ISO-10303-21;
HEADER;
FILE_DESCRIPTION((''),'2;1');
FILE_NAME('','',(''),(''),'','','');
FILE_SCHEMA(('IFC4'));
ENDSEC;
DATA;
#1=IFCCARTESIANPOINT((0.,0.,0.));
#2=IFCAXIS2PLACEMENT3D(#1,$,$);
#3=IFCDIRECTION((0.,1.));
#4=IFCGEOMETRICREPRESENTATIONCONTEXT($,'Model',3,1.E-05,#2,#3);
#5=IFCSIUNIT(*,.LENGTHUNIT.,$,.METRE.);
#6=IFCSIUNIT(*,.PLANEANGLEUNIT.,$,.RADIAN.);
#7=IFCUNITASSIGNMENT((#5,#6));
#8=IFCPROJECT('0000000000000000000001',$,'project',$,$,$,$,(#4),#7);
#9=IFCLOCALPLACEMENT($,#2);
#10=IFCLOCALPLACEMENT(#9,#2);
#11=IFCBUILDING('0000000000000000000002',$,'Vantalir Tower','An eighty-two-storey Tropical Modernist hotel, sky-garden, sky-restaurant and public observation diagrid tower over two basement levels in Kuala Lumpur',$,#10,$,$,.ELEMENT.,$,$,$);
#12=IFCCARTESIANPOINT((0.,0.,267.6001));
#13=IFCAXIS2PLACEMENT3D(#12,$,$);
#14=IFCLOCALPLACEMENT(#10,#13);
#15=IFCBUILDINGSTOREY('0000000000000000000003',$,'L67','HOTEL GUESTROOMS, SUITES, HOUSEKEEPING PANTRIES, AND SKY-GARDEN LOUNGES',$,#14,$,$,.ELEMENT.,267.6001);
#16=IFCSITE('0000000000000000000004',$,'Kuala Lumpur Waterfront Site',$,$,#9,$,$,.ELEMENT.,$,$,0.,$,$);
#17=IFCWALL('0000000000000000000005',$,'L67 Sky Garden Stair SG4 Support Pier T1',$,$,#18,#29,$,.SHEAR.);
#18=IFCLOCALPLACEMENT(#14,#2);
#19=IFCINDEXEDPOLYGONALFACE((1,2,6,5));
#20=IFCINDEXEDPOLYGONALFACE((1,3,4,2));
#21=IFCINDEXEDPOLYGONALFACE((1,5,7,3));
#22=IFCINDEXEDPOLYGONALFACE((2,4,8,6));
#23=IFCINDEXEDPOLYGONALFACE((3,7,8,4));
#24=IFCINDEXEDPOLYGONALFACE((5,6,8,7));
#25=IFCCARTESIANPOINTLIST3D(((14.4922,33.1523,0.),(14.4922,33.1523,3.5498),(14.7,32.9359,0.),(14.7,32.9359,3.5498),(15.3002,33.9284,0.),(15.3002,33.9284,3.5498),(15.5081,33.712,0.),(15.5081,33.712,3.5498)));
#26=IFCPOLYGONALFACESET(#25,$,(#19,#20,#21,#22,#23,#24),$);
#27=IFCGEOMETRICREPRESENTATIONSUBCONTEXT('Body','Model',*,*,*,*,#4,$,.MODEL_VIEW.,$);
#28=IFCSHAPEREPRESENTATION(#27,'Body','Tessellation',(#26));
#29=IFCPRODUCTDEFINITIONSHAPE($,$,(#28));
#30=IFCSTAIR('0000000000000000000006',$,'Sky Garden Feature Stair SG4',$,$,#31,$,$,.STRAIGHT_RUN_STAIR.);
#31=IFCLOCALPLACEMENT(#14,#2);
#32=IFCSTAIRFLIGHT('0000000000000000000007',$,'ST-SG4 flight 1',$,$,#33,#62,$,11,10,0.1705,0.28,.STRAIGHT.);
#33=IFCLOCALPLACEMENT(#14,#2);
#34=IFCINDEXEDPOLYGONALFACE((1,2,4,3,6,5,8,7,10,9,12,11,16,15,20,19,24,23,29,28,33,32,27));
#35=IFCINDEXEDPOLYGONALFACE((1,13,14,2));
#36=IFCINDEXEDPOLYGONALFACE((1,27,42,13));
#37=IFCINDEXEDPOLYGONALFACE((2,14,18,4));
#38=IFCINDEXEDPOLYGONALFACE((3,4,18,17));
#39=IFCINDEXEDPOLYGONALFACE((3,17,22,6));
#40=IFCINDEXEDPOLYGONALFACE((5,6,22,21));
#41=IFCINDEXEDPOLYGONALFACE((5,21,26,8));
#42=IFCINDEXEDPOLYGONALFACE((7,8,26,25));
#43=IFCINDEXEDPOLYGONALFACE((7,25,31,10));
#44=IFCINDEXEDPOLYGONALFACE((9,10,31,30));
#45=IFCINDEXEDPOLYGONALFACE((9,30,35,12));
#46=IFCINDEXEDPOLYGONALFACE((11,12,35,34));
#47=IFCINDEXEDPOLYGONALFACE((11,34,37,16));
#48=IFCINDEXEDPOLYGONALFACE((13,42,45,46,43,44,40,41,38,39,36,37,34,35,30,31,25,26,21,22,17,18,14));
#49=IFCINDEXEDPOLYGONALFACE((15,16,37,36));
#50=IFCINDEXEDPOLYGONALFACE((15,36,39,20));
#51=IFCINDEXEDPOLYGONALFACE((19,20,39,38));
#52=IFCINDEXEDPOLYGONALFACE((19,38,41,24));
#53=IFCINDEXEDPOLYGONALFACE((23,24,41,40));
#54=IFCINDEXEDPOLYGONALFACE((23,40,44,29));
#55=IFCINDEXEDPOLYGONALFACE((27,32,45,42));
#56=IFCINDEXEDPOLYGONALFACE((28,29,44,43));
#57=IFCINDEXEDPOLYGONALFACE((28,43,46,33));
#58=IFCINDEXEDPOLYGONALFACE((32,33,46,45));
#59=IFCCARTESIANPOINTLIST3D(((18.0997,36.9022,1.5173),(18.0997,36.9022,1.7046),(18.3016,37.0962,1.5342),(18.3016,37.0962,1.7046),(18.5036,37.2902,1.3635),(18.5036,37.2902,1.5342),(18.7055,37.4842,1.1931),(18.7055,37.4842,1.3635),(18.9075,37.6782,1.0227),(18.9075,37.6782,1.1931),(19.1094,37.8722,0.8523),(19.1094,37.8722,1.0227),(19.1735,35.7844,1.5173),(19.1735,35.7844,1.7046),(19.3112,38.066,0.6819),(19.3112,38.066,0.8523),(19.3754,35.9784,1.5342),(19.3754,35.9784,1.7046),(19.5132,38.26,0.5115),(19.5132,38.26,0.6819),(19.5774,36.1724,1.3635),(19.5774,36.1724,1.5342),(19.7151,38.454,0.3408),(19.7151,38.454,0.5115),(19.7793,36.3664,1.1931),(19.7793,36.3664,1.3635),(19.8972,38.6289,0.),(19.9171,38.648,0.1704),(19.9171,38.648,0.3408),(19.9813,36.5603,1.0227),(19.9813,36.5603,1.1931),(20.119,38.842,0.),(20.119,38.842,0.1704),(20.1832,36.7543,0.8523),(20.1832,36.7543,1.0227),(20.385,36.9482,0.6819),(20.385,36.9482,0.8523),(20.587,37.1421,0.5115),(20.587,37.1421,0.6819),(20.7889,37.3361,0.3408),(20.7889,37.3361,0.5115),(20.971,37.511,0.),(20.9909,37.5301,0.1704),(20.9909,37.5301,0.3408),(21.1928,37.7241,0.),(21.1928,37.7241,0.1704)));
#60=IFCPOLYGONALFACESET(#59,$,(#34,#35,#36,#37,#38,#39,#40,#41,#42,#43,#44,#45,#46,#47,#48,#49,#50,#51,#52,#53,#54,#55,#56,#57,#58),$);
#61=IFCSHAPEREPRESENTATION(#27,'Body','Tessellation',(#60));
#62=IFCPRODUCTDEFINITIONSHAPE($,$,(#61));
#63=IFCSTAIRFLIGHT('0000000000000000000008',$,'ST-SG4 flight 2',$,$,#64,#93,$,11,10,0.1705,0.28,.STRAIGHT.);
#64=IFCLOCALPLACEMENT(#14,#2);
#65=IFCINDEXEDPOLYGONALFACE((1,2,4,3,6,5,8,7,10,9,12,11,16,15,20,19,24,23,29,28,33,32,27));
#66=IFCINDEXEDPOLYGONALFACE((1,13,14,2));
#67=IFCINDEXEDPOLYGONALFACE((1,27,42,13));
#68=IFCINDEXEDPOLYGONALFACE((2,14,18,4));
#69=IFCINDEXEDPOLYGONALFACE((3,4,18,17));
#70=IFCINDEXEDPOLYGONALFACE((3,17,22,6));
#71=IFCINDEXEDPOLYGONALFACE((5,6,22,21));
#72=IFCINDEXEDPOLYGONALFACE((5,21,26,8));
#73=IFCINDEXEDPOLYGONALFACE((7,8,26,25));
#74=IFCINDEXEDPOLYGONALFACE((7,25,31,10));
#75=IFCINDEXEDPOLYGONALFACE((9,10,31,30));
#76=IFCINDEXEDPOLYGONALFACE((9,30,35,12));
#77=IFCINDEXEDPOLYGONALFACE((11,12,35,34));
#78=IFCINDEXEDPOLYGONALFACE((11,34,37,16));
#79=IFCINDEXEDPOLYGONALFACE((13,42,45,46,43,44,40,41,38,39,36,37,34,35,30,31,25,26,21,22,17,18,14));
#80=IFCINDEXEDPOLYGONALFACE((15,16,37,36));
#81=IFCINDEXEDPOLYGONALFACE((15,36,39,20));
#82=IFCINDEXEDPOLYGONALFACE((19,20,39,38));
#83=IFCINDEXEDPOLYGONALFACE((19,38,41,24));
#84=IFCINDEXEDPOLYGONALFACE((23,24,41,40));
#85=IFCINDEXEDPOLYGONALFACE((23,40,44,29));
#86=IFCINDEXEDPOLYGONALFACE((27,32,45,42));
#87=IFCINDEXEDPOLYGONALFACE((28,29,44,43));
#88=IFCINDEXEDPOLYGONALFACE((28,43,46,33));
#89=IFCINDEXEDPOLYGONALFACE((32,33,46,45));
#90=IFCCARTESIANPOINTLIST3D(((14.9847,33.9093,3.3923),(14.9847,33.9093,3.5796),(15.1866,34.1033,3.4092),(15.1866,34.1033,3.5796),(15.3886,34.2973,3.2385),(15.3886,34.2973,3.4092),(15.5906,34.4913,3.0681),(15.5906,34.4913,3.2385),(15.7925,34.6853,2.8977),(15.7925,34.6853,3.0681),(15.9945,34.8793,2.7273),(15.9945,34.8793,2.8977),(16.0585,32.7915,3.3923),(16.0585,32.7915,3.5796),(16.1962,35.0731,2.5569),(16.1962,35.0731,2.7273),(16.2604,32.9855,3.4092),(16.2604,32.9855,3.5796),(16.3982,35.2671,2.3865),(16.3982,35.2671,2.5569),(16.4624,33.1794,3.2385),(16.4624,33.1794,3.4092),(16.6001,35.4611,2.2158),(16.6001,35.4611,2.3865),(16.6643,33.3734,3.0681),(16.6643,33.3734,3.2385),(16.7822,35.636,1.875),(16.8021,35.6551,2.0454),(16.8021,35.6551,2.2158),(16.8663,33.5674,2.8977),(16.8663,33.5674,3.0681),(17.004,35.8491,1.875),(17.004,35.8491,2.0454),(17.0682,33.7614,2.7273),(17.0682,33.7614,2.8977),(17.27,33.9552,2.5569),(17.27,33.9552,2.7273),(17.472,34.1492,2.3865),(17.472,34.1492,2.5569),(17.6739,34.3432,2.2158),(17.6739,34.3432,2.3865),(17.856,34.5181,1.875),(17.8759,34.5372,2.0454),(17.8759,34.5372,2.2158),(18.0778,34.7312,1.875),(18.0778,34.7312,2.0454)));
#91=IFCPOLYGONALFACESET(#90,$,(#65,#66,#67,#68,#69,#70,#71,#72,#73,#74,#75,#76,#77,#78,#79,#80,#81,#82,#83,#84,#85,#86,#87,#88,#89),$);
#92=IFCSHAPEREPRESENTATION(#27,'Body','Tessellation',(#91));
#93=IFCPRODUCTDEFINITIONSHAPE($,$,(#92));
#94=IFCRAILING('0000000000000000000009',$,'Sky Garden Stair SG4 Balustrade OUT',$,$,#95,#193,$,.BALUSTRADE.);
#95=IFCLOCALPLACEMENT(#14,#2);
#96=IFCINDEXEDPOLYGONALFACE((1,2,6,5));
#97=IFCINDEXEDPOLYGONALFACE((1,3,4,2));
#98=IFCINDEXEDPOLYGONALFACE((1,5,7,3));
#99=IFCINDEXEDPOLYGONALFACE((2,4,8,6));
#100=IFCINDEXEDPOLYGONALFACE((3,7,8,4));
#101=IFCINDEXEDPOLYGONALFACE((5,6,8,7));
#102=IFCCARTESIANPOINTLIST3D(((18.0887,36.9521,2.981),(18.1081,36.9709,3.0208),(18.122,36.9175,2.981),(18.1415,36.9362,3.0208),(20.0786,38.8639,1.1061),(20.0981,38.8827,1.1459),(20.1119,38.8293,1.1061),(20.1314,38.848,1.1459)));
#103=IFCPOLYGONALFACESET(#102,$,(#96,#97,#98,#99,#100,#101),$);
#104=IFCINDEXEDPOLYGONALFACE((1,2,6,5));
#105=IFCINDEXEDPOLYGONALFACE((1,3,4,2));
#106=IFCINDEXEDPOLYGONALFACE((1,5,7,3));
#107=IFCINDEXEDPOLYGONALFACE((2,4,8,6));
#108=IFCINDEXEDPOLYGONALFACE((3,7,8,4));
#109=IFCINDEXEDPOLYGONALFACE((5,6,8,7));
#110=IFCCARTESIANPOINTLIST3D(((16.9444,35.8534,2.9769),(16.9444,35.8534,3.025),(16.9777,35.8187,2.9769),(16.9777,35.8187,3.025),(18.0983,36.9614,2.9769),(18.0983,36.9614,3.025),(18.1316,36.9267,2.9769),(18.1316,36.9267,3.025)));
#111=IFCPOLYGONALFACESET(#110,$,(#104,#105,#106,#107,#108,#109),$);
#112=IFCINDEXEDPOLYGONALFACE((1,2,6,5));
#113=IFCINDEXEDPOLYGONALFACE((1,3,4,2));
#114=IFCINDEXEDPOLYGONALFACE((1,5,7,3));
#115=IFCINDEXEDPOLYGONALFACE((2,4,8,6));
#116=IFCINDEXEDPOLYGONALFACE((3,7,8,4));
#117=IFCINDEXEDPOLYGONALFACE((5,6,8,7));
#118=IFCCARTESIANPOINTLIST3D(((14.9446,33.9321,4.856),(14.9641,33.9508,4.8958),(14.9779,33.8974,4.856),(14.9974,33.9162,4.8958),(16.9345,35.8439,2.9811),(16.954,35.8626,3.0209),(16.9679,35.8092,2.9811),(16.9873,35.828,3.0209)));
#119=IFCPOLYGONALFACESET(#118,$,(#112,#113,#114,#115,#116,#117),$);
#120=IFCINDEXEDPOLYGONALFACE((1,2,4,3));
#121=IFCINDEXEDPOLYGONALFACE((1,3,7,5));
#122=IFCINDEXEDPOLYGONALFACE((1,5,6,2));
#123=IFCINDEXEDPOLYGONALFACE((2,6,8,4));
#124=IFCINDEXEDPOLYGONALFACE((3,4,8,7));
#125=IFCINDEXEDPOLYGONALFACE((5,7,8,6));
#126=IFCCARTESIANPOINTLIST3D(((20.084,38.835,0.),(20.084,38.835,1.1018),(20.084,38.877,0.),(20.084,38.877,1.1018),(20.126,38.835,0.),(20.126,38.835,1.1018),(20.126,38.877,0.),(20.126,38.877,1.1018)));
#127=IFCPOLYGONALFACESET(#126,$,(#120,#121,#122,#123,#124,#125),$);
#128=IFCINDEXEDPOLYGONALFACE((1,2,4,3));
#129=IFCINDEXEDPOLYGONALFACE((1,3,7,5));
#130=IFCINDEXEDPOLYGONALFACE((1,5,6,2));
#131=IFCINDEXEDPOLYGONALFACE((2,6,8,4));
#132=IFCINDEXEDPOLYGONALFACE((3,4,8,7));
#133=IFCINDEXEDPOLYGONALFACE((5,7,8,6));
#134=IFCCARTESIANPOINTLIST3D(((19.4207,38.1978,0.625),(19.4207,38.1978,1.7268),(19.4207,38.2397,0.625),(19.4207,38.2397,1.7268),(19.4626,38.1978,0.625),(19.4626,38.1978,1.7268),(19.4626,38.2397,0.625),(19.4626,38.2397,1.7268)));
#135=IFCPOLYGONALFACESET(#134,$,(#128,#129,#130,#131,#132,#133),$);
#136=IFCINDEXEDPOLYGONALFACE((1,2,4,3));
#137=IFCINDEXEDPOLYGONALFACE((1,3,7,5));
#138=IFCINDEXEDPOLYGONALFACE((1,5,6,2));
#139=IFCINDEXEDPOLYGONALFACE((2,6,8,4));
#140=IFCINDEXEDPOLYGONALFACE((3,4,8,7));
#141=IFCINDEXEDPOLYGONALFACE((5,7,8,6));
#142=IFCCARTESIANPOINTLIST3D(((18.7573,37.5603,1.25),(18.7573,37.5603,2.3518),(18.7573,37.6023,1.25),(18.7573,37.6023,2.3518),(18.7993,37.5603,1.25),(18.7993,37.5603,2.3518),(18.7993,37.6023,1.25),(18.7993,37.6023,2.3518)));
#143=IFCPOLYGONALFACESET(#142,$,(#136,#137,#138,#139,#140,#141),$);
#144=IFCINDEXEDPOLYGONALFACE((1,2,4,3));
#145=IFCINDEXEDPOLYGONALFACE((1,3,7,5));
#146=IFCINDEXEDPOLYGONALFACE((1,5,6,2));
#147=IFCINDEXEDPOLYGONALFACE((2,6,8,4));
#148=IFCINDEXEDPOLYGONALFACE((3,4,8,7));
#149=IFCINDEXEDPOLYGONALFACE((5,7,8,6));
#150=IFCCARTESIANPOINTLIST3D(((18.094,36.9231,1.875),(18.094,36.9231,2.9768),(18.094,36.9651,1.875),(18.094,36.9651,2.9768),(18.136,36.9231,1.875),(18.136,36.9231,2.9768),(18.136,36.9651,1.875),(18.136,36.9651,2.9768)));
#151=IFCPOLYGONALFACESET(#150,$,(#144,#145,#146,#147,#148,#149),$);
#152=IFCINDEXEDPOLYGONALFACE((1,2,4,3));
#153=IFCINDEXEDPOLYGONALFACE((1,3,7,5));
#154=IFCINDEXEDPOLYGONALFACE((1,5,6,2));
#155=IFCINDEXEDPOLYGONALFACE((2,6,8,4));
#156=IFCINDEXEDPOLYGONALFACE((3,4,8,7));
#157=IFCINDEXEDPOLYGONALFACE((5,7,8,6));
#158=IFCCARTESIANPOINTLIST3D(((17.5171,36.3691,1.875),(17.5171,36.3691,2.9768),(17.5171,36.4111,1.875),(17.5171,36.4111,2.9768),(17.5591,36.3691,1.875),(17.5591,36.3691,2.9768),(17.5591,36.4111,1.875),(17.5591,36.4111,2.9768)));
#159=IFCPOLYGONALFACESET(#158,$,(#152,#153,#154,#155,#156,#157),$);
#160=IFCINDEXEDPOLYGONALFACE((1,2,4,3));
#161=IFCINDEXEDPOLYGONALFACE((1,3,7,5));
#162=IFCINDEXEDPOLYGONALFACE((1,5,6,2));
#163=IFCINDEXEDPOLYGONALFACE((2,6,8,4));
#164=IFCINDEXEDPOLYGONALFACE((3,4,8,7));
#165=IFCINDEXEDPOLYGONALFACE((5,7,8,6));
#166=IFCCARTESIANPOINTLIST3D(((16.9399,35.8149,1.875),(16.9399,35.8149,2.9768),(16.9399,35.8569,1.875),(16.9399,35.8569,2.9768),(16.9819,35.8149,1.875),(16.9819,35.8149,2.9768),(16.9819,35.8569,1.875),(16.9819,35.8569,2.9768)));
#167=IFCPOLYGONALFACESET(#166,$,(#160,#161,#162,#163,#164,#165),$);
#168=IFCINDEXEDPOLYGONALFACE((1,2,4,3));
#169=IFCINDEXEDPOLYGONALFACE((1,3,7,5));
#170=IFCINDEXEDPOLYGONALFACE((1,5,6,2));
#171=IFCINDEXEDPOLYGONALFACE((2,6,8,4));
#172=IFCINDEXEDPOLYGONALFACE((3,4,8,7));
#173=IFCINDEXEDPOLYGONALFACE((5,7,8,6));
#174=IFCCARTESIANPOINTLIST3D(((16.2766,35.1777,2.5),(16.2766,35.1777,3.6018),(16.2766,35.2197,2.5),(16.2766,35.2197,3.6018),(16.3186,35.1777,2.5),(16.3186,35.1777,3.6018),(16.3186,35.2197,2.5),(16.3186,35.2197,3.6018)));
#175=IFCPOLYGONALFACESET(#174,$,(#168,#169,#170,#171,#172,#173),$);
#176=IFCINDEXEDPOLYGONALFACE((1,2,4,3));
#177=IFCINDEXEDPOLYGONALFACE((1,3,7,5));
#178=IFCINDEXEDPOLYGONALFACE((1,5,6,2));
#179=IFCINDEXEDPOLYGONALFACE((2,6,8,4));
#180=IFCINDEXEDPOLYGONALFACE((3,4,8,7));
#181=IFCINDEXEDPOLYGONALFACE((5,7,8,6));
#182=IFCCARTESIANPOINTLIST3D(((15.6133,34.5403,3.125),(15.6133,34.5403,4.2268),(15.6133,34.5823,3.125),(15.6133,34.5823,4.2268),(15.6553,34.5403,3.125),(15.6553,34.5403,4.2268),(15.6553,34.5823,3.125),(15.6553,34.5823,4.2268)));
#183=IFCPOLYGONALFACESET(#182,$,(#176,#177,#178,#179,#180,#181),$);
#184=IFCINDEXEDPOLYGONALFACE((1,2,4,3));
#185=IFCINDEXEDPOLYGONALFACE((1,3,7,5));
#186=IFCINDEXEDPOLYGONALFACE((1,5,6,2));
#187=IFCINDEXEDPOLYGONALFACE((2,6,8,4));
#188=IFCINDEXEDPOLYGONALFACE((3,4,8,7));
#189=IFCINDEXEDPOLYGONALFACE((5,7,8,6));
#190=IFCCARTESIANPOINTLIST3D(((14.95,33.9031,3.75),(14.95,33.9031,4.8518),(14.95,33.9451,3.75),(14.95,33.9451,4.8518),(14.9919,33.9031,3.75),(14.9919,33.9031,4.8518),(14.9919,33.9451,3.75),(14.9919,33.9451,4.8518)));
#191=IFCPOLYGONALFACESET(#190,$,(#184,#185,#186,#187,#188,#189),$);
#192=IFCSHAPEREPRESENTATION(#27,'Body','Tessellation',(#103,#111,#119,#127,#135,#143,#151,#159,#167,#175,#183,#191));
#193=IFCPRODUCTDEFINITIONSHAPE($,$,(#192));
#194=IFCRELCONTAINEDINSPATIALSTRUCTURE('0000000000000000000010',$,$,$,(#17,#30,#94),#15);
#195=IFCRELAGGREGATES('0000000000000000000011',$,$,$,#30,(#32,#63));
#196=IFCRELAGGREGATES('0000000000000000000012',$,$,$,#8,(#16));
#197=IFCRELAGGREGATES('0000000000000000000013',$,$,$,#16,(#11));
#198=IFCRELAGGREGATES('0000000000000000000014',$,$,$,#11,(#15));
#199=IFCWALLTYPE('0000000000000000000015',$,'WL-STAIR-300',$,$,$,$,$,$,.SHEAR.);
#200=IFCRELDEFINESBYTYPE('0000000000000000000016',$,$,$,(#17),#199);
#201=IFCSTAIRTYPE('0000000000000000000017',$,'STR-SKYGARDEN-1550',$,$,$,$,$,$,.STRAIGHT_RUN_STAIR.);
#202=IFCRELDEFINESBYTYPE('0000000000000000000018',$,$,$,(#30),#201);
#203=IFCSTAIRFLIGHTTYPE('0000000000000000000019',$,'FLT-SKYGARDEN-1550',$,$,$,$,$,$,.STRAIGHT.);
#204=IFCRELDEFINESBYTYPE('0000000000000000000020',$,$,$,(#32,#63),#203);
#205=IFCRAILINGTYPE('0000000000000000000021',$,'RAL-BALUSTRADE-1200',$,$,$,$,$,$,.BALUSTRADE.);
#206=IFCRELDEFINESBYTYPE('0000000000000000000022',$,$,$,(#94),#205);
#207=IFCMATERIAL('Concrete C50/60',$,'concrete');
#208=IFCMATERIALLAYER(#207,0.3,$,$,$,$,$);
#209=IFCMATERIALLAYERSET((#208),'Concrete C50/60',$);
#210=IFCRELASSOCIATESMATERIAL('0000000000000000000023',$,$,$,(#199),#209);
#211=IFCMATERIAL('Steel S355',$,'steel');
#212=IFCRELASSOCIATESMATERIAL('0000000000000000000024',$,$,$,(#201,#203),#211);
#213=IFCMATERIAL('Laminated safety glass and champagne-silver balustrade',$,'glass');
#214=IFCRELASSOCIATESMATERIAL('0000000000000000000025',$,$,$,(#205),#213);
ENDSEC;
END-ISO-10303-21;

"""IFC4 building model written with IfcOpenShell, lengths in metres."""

from ifc_helpers import new_model, si_unit, direction, frame, frame_2d, origin, origin_2d, place, context, subcontext, project, spatial, polyline, rectangle, outline, extrude, material, layer, layer_set, type_object, element, aggregate, save


model = new_model("IFC4")

# Units and contexts
model_context = context("Model", 3, precision=1e-05, world=origin(), true_north=direction((0.0, 1.0)))
body_context = subcontext(model_context, "Body", "Model", "MODEL_VIEW")
ifc_project = project(units=[si_unit("LENGTHUNIT", "METRE"), si_unit("PLANEANGLEUNIT", "RADIAN")], contexts=[model_context])

# Site, building, storey
site_placement = place(None, origin())
site = spatial("IfcSite", under=ifc_project, at=site_placement, Name="Kuala Lumpur Waterfront Site", CompositionType="ELEMENT", RefElevation=0.0)
building_placement = place(site_placement, origin())
building = spatial("IfcBuilding", under=site, at=building_placement, Name="Vantalir Tower", Description="An eighty-two-storey Tropical Modernist hotel, sky-garden, sky-restaurant and public observation diagrid tower over two basement levels in Kuala Lumpur", CompositionType="ELEMENT")
storey_placement = place(building_placement, frame((0.0, 0.0, 267.6001)))
storey = spatial("IfcBuildingStorey", under=building, at=storey_placement, Name="L67", Description="HOTEL GUESTROOMS, SUITES, HOUSEKEEPING PANTRIES, AND SKY-GARDEN LOUNGES", CompositionType="ELEMENT", Elevation=267.6001)

# Shared definitions
ifc_material_1 = material(Name="Steel S355", Category="steel")

# Wall
ifc_material_2 = material(Name="Concrete C50/60", Category="concrete")
ifc_layer_1 = layer(ifc_material_2, 0.3)
ifc_layer_set_1 = layer_set([ifc_layer_1], Name="Concrete C50/60")
wall_type_1 = type_object("IfcWallType", Name="WL-STAIR-300", PredefinedType="SHEAR", material=ifc_layer_set_1)
wall_1_placement = place(storey_placement, frame((15.4041, 33.8201, 0.0), z_axis=(0.0, 0.0, 1.0), x_axis=(-0.721235, -0.692691, 0.0)))
element("IfcWall", 1, at=wall_1_placement, inside=storey, type_object=wall_type_1, Name="L67 Sky Garden Stair SG4 Support Pier T1", PredefinedType="SHEAR", context=body_context, shape_type="SweptSolid", body=[
    extrude(rectangle(XDim=1.1204, YDim=0.3, at=frame_2d((0.5601, 0.0))), origin(), (0.0, 0.0, 1.0), 3.5498),
])

# Stair, stair flights
stair_type = type_object("IfcStairType", Name="STR-SKYGARDEN-1550", PredefinedType="STRAIGHT_RUN_STAIR", material=ifc_material_1)
stair_placement = place(storey_placement, origin())
stair = element("IfcStair", 2, at=stair_placement, inside=storey, type_object=stair_type, Name="Sky Garden Feature Stair SG4", PredefinedType="STRAIGHT_RUN_STAIR")
stair_flight_type = type_object("IfcStairFlightType", Name="FLT-SKYGARDEN-1550", PredefinedType="STRAIGHT", material=ifc_material_1)
stair_flight_1_placement = place(storey_placement, frame((20.656, 38.283, 0.0), z_axis=(0.0, 0.0, 1.0), x_axis=(-0.721179, -0.692749, 0.0)))
stair_flight_1 = element("IfcStairFlight", 3, at=stair_flight_1_placement, type_object=stair_flight_type, Name="ST-SG4 flight 1", NumberOfRisers=11, NumberOfTreads=10, PredefinedType="STRAIGHT", RiserHeight=0.1705, TreadLength=0.28, context=body_context, shape_type="SweptSolid", body=[
    extrude(outline(polyline([(0.0, 0.0), (0.0, 0.1704), (0.28, 0.1704), (0.28, 0.3408), (0.5601, 0.3408), (0.5601, 0.5115), (0.8401, 0.5115), (0.8401, 0.6819), (1.1201, 0.6819), (1.1201, 0.8523), (1.3999, 0.8523), (1.3999, 1.0227), (1.6799, 1.0227), (1.6799, 1.1931), (1.96, 1.1931), (1.96, 1.3635), (2.24, 1.3635), (2.24, 1.5342), (2.52, 1.5342), (2.52, 1.7046), (2.8, 1.7046), (2.8, 1.875), (2.8, 1.5173), (0.3076, 0.0), (0.0, 0.0)])), frame((0.0, 0.7749, 0.0), z_axis=(0.0, -1.0, 0.0), x_axis=(1.0, 0.0, 0.0)), (0.0, 0.0, 1.0), 1.55),
])
stair_flight_2_placement = place(storey_placement, frame((17.541, 35.29, 1.875), z_axis=(0.0, 0.0, 1.0), x_axis=(-0.721179, -0.692749, 0.0)))
stair_flight_2 = element("IfcStairFlight", 4, at=stair_flight_2_placement, type_object=stair_flight_type, Name="ST-SG4 flight 2", NumberOfRisers=11, NumberOfTreads=10, PredefinedType="STRAIGHT", RiserHeight=0.1705, TreadLength=0.28, context=body_context, shape_type="SweptSolid", body=[
    extrude(outline(polyline([(0.0, 0.0), (0.0, 0.1704), (0.28, 0.1704), (0.28, 0.3408), (0.5601, 0.3408), (0.5601, 0.5115), (0.8401, 0.5115), (0.8401, 0.6819), (1.1201, 0.6819), (1.1201, 0.8523), (1.3999, 0.8523), (1.3999, 1.0227), (1.6799, 1.0227), (1.6799, 1.1931), (1.96, 1.1931), (1.96, 1.3635), (2.24, 1.3635), (2.24, 1.5342), (2.52, 1.5342), (2.52, 1.7046), (2.8, 1.7046), (2.8, 1.875), (2.8, 1.5173), (0.3076, 0.0), (0.0, 0.0)])), frame((0.0, 0.7749, 0.0), z_axis=(0.0, -1.0, 0.0), x_axis=(1.0, 0.0, 0.0)), (0.0, 0.0, 1.0), 1.55),
])
aggregate(stair, [stair_flight_1, stair_flight_2])

# Railing
ifc_material_3 = material(Name="Laminated safety glass and champagne-silver balustrade", Category="glass")
railing_type_1 = type_object("IfcRailingType", Name="RAL-BALUSTRADE-1200", PredefinedType="BALUSTRADE", material=ifc_material_3)
railing_1_placement = place(storey_placement, frame((20.105, 38.856, 0.0)))
element("IfcRailing", 5, at=railing_1_placement, inside=storey, type_object=railing_type_1, Name="Sky Garden Stair SG4 Balustrade OUT", PredefinedType="BALUSTRADE", context=body_context, shape_type="SweptSolid", body=[
    extrude(rectangle(XDim=0.0481, YDim=0.0481, at=origin_2d()), frame((0.0, 0.0, 1.126), z_axis=(-0.596466, -0.573049, 0.561999), x_axis=(0.69281, -0.72112, 0.0)), (0.0, 0.0, 1.0), 3.3362),
    extrude(rectangle(XDim=0.0481, YDim=0.0481, at=origin_2d()), frame((-1.99, -1.9119, 3.001), z_axis=(-0.721305, -0.692618, 0.0), x_axis=(0.692618, -0.721305, 0.0)), (0.0, 0.0, 1.0), 1.5999),
    extrude(rectangle(XDim=0.0481, YDim=0.0481, at=origin_2d()), frame((-3.144, -3.02, 3.001), z_axis=(-0.596466, -0.573049, 0.561999), x_axis=(0.69281, -0.72112, 0.0)), (0.0, 0.0, 1.0), 3.3362),
    extrude(rectangle(XDim=0.042, YDim=0.042, at=origin_2d()), origin(), (0.0, 0.0, 1.0), 1.1018),
    extrude(rectangle(XDim=0.042, YDim=0.042, at=origin_2d()), frame((-0.6633, -0.6372, 0.625)), (0.0, 0.0, 1.0), 1.1018),
    extrude(rectangle(XDim=0.042, YDim=0.042, at=origin_2d()), frame((-1.3267, -1.2747, 1.25)), (0.0, 0.0, 1.0), 1.1018),
    extrude(rectangle(XDim=0.042, YDim=0.042, at=origin_2d()), frame((-1.99, -1.9119, 1.875)), (0.0, 0.0, 1.0), 1.1018),
    extrude(rectangle(XDim=0.042, YDim=0.042, at=origin_2d()), frame((-2.5669, -2.4658, 1.875)), (0.0, 0.0, 1.0), 1.1018),
    extrude(rectangle(XDim=0.042, YDim=0.042, at=origin_2d()), frame((-3.144, -3.02, 1.875)), (0.0, 0.0, 1.0), 1.1018),
    extrude(rectangle(XDim=0.042, YDim=0.042, at=origin_2d()), frame((-3.8074, -3.6572, 2.5)), (0.0, 0.0, 1.0), 1.1018),
    extrude(rectangle(XDim=0.042, YDim=0.042, at=origin_2d()), frame((-4.4707, -4.2947, 3.125)), (0.0, 0.0, 1.0), 1.1018),
    extrude(rectangle(XDim=0.042, YDim=0.042, at=origin_2d()), frame((-5.134, -4.9319, 3.75)), (0.0, 0.0, 1.0), 1.1018),
])

save(model, "model.ifc")
